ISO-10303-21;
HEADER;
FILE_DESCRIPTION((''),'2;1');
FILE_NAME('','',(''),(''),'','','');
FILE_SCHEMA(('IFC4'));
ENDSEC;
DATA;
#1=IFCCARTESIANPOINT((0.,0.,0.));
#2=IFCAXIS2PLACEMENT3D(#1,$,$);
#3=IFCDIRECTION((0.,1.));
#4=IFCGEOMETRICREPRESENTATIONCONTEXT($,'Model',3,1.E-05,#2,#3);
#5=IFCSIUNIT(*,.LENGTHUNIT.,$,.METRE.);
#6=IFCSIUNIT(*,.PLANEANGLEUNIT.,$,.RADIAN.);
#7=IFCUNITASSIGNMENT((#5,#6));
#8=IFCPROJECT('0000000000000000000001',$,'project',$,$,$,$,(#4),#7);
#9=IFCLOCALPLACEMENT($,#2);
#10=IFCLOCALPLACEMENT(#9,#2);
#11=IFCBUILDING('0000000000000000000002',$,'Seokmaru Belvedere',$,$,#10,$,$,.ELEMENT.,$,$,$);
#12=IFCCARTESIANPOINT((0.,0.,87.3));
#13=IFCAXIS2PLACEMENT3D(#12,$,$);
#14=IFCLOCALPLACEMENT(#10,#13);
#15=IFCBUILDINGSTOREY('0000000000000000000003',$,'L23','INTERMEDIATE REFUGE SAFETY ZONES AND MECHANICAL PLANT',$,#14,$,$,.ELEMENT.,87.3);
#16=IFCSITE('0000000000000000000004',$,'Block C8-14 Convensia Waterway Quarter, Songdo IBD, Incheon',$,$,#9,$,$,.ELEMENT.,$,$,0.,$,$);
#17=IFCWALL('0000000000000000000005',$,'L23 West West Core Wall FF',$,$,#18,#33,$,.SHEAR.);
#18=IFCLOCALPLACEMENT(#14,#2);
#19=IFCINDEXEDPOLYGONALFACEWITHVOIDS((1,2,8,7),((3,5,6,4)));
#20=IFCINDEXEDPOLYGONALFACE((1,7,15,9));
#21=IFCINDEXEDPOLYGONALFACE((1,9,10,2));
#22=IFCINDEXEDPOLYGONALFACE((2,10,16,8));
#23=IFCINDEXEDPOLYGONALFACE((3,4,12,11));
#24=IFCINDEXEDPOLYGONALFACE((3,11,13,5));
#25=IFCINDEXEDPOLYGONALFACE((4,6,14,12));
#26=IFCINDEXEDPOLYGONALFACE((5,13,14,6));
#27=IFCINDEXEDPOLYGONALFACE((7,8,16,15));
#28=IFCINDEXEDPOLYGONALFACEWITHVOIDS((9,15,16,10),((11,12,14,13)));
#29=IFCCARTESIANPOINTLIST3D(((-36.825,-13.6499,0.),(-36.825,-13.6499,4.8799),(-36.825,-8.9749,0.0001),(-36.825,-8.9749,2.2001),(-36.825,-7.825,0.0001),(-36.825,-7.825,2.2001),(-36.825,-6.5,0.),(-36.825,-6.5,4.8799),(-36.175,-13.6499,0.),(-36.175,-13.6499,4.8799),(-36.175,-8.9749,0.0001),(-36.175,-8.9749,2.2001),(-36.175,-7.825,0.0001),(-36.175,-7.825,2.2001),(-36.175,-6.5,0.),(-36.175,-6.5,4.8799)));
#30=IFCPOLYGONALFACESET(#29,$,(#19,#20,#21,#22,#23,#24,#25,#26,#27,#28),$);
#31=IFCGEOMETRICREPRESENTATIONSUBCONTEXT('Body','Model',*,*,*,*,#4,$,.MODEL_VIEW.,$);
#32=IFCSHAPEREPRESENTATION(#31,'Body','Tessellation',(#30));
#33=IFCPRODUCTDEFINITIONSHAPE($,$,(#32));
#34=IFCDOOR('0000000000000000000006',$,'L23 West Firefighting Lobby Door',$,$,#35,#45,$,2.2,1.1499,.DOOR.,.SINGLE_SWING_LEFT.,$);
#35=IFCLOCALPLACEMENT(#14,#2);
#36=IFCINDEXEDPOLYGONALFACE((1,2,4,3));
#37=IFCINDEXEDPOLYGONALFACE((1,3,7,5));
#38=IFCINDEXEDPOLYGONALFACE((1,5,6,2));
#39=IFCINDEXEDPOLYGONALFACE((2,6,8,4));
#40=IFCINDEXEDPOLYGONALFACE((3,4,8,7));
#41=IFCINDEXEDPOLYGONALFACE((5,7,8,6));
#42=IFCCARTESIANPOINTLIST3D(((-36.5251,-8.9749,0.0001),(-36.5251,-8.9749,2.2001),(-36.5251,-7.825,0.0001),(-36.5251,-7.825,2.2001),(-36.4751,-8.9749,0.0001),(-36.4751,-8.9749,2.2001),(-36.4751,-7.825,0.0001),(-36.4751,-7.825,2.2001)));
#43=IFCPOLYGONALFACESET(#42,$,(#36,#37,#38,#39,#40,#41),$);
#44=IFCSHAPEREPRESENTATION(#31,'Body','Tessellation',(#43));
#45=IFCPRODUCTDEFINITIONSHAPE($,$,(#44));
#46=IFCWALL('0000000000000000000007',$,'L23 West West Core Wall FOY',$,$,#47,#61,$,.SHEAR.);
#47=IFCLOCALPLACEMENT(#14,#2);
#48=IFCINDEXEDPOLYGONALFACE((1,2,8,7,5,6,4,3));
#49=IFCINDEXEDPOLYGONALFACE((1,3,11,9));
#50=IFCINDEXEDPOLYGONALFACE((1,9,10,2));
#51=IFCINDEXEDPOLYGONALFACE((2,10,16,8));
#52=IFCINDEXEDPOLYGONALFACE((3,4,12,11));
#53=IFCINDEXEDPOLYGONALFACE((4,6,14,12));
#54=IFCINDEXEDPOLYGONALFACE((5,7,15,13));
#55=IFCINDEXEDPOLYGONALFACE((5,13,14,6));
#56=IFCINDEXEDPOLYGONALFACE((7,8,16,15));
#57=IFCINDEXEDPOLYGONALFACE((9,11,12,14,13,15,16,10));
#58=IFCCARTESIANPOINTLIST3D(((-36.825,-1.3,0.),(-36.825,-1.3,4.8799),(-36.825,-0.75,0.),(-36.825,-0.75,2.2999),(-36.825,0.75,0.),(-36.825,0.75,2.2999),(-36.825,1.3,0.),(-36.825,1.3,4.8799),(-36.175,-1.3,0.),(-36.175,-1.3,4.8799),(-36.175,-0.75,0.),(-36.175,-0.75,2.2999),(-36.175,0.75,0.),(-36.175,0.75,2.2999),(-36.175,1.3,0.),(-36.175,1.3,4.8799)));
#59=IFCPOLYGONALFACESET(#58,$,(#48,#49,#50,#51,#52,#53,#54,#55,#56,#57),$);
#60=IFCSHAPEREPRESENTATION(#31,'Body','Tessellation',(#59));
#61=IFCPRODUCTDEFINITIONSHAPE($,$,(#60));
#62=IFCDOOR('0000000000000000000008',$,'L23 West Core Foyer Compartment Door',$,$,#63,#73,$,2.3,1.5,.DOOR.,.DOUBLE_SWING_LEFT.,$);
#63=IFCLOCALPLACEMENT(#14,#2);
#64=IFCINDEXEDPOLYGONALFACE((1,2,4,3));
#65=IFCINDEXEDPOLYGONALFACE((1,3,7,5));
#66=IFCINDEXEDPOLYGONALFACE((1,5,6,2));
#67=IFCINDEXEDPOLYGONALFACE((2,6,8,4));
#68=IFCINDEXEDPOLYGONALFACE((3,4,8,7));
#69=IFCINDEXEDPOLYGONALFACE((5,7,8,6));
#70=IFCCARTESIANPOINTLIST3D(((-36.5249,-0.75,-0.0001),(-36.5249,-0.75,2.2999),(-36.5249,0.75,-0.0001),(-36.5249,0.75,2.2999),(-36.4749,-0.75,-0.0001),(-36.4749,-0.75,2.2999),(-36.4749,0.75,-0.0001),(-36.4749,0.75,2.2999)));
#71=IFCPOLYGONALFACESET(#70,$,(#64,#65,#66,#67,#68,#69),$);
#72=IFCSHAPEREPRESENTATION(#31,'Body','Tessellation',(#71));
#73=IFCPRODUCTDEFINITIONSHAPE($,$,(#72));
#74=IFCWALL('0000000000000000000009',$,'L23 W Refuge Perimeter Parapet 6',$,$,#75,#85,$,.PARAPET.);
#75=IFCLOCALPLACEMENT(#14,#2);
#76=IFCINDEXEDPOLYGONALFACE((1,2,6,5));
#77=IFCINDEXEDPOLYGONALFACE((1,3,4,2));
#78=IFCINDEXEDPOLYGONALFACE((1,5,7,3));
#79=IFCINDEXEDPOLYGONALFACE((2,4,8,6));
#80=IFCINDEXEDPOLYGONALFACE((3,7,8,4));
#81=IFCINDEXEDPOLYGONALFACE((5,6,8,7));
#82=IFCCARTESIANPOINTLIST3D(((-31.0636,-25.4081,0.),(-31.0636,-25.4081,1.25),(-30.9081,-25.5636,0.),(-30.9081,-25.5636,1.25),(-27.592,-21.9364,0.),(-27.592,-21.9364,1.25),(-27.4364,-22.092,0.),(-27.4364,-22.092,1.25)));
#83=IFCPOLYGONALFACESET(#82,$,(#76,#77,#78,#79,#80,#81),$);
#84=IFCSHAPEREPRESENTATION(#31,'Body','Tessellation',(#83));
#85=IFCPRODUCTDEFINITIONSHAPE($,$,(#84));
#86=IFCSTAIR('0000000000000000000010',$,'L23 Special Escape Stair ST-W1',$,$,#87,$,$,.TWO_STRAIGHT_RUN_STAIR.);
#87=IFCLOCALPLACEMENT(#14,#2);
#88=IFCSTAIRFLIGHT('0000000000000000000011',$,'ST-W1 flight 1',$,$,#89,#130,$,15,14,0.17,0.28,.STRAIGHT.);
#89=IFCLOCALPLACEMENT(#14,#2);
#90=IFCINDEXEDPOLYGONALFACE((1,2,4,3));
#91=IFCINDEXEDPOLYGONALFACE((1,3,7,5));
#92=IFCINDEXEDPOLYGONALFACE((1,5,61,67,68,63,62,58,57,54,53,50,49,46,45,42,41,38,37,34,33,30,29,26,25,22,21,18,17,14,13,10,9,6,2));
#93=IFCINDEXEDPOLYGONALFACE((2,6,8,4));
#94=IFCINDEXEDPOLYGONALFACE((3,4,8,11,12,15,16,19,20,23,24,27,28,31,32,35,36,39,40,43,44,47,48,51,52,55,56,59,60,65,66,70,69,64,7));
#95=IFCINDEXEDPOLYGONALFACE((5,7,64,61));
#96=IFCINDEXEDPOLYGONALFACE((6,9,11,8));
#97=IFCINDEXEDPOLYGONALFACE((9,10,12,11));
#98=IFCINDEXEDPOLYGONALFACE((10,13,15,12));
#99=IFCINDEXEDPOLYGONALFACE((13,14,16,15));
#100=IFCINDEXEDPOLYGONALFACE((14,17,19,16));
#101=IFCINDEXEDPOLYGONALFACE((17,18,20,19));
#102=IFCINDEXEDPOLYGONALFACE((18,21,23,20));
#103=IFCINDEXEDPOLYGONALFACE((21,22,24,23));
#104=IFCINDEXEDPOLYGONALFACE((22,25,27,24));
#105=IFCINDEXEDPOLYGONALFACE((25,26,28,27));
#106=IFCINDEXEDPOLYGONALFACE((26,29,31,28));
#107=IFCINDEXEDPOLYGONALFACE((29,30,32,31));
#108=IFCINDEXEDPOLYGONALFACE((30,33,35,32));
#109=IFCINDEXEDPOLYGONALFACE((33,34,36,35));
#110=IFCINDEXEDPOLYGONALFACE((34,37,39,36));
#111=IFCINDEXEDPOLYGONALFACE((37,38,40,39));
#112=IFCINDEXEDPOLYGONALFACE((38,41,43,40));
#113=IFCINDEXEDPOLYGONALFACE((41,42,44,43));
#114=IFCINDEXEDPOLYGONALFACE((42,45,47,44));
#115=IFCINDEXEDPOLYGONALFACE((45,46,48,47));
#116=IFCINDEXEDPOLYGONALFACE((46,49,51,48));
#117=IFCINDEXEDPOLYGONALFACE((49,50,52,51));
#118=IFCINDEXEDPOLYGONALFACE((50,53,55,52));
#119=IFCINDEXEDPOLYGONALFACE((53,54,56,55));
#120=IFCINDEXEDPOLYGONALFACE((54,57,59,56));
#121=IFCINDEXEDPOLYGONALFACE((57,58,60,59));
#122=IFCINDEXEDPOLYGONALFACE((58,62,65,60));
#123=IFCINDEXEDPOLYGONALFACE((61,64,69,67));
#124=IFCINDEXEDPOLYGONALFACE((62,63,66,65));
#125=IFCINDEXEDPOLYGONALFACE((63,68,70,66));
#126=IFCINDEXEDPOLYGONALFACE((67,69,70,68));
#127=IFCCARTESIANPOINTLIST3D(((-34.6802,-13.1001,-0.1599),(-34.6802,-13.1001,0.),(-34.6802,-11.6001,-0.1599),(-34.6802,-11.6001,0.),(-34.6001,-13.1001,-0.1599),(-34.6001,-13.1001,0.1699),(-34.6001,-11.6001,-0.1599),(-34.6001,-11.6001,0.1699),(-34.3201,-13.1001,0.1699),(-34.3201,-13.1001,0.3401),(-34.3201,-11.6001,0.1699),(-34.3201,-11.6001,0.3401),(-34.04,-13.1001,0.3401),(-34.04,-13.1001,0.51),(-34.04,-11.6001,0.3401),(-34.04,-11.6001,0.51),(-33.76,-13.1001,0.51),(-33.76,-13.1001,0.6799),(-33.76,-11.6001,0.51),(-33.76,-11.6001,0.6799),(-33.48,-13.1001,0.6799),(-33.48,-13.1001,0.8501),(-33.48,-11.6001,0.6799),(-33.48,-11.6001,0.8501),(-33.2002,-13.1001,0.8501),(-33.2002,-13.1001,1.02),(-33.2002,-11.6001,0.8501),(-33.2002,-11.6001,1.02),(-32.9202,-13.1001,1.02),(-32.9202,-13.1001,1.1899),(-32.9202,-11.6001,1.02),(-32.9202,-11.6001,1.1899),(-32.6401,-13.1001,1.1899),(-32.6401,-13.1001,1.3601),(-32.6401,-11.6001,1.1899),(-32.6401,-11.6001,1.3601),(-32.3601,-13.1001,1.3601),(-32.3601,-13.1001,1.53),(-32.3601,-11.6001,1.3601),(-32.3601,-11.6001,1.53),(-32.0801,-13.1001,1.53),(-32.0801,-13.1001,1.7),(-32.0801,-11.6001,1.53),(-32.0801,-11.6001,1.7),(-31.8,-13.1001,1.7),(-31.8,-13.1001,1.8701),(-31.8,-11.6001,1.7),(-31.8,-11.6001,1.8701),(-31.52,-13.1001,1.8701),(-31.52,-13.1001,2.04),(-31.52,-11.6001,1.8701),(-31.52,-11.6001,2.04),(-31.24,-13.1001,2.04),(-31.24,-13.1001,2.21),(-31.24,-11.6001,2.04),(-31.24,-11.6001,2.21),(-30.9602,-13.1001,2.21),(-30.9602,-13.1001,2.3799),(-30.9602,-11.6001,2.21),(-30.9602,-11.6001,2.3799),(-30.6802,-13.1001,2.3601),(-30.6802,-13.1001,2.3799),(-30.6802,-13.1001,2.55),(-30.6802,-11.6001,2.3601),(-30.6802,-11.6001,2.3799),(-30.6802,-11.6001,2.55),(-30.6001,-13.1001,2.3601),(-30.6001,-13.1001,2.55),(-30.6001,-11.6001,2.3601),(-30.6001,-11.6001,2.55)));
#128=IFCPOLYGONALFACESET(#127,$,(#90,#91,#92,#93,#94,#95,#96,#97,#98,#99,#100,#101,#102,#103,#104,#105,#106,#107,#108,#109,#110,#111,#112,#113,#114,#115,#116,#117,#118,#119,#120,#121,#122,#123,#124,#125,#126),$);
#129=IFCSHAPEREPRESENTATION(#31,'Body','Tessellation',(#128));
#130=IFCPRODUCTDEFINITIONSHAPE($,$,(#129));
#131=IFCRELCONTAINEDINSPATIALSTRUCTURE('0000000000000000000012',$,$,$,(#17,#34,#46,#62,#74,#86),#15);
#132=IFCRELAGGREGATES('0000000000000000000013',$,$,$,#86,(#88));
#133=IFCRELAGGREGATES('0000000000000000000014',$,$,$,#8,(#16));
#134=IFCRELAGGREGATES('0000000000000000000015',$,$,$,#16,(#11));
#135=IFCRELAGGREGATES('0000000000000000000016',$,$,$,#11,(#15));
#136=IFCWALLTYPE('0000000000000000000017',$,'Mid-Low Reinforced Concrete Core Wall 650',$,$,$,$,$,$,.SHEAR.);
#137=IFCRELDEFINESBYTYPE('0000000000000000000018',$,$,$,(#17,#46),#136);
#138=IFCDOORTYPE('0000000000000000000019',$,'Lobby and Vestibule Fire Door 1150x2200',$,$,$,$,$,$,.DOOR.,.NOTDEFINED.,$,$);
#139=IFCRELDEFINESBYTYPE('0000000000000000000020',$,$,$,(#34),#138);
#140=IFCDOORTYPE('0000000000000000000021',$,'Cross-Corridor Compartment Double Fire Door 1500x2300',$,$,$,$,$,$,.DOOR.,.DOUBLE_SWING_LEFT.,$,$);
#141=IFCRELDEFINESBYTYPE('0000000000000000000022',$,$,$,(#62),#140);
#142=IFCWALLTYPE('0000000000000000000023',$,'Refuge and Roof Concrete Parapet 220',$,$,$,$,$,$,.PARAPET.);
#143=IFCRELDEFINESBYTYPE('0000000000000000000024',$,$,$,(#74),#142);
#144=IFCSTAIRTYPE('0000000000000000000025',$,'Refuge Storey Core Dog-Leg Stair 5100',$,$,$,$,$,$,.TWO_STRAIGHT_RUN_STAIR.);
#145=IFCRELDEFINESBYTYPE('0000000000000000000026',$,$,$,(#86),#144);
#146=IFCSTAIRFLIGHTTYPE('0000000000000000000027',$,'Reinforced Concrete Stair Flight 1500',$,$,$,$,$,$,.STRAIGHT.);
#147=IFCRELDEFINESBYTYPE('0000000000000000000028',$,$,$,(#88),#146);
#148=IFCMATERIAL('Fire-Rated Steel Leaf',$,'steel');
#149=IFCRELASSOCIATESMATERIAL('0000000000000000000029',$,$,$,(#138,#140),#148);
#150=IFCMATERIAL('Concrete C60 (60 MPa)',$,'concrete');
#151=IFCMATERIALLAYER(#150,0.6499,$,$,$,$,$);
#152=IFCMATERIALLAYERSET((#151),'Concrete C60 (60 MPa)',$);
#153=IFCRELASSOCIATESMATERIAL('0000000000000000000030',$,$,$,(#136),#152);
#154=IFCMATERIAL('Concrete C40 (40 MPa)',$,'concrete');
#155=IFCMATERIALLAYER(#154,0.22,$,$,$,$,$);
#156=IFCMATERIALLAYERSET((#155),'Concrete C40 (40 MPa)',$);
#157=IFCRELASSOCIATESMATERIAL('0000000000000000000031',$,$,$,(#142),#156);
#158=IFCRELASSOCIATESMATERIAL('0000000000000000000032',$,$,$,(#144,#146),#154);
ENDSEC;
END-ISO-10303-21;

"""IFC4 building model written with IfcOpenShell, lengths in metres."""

from ifc_helpers import new_model, si_unit, direction, frame, frame_2d, origin, place, context, subcontext, project, spatial, polyline, rectangle, outline, extrude, source, transform, mapped, material, layer, layer_set, type_object, type_shapes, element, fill, aggregate, save


model = new_model("IFC4")

# Units and contexts
model_context = context("Model", 3, precision=1e-05, world=origin(), true_north=direction((0.0, 1.0)))
body_context = subcontext(model_context, "Body", "Model", "MODEL_VIEW")
ifc_project = project(units=[si_unit("LENGTHUNIT", "METRE"), si_unit("PLANEANGLEUNIT", "RADIAN")], contexts=[model_context])

# Site, building, storey
site_placement = place(None, origin())
site = spatial("IfcSite", under=ifc_project, at=site_placement, Name="Block C8-14 Convensia Waterway Quarter, Songdo IBD, Incheon", CompositionType="ELEMENT", RefElevation=0.0)
building_placement = place(site_placement, origin())
building = spatial("IfcBuilding", under=site, at=building_placement, Name="Seokmaru Belvedere", CompositionType="ELEMENT")
storey_placement = place(building_placement, frame((0.0, 0.0, 87.3)))
storey = spatial("IfcBuildingStorey", under=building, at=storey_placement, Name="L23", Description="INTERMEDIATE REFUGE SAFETY ZONES AND MECHANICAL PLANT", CompositionType="ELEMENT", Elevation=87.3)

# Shared definitions
ifc_material_1 = material(Name="Fire-Rated Steel Leaf", Category="steel")
door_type_1 = type_object("IfcDoorType", Name="Lobby and Vestibule Fire Door 1150x2200", OperationType="NOTDEFINED", PredefinedType="DOOR", material=ifc_material_1)
shared_shape_1 = source(origin(), body_context, "Body", "SweptSolid", [
    extrude(rectangle(XDim=1.1499, YDim=2.2, at=frame_2d((0.575, 1.1001))), frame((0.0, 0.0249, 0.0), z_axis=(0.0, -1.0, 0.0), x_axis=(1.0, 0.0, 0.0)), (0.0, 0.0, 1.0), 0.05),
])
type_shapes(door_type_1, [shared_shape_1])

# Shared definitions
ifc_material_2 = material(Name="Concrete C60 (60 MPa)", Category="concrete")
ifc_layer_1 = layer(ifc_material_2, 0.6499)
ifc_layer_set_1 = layer_set([ifc_layer_1], Name="Concrete C60 (60 MPa)")
wall_type_1 = type_object("IfcWallType", Name="Mid-Low Reinforced Concrete Core Wall 650", PredefinedType="SHEAR", material=ifc_layer_set_1)

# Walls, openings, doors
wall_1_placement = place(storey_placement, frame((-36.5, -13.6499, 0.0), z_axis=(0.0, 0.0, 1.0), x_axis=(0.0, 1.0, 0.0)))
wall_1 = element("IfcWall", 1, at=wall_1_placement, inside=storey, type_object=wall_type_1, Name="L23 West West Core Wall FF", PredefinedType="SHEAR", context=body_context, shape_type="SweptSolid", body=[
    extrude(rectangle(XDim=7.1499, YDim=0.6499, at=frame_2d((3.575, 0.0))), origin(), (0.0, 0.0, 1.0), 4.8799),
])
opening_1_placement = place(wall_1_placement, frame((4.675, 0.0, 0.0)))
opening_1 = element("IfcOpeningElement", 2, at=opening_1_placement, cuts=wall_1, PredefinedType="OPENING", context=body_context, shape_type="SweptSolid", body=[
    extrude(rectangle(XDim=1.1499, YDim=2.2, at=frame_2d((0.575, 1.1001))), frame((0.0, 0.335, 0.0), z_axis=(0.0, -1.0, 0.0), x_axis=(1.0, 0.0, 0.0)), (0.0, 0.0, 1.0), 0.6699),
])
door_1_placement = place(opening_1_placement, frame((1.1499, 0.0, 0.0), z_axis=(0.0, 0.0, 1.0), x_axis=(-1.0, 0.0, 0.0)))
door_1 = element("IfcDoor", 3, at=door_1_placement, inside=storey, type_object=door_type_1, Name="L23 West Firefighting Lobby Door", OperationType="SINGLE_SWING_LEFT", OverallHeight=2.2, OverallWidth=1.1499, PredefinedType="DOOR", context=body_context, shape_type="MappedRepresentation", body=[
    mapped(shared_shape_1, transform((0.0, 0.0, 0.0), scale=1.0)),
])
fill(opening_1, door_1)
wall_2_placement = place(storey_placement, frame((-36.5, -1.3, 0.0), z_axis=(0.0, 0.0, 1.0), x_axis=(0.0, 1.0, 0.0)))
wall_2 = element("IfcWall", 4, at=wall_2_placement, inside=storey, type_object=wall_type_1, Name="L23 West West Core Wall FOY", PredefinedType="SHEAR", context=body_context, shape_type="SweptSolid", body=[
    extrude(rectangle(XDim=2.6001, YDim=0.6499, at=frame_2d((1.3, 0.0))), origin(), (0.0, 0.0, 1.0), 4.8799),
])
opening_2_placement = place(wall_2_placement, frame((0.55, 0.0, 0.0)))
opening_2 = element("IfcOpeningElement", 5, at=opening_2_placement, cuts=wall_2, PredefinedType="OPENING", context=body_context, shape_type="SweptSolid", body=[
    extrude(rectangle(XDim=1.5, YDim=2.3, at=frame_2d((0.75, 1.1499))), frame((0.0, 0.335, 0.0), z_axis=(0.0, -1.0, 0.0), x_axis=(1.0, 0.0, 0.0)), (0.0, 0.0, 1.0), 0.6699),
])
door_type_2 = type_object("IfcDoorType", Name="Cross-Corridor Compartment Double Fire Door 1500x2300", OperationType="DOUBLE_SWING_LEFT", PredefinedType="DOOR", material=ifc_material_1)
shared_shape_2 = source(origin(), body_context, "Body", "SweptSolid", [
    extrude(rectangle(XDim=1.5, YDim=2.3, at=frame_2d((0.75, 1.1499))), frame((0.0, 0.0249, 0.0), z_axis=(0.0, -1.0, 0.0), x_axis=(1.0, 0.0, 0.0)), (0.0, 0.0, 1.0), 0.05),
])
type_shapes(door_type_2, [shared_shape_2])
door_2_placement = place(opening_2_placement, origin())
door_2 = element("IfcDoor", 6, at=door_2_placement, inside=storey, type_object=door_type_2, Name="L23 West Core Foyer Compartment Door", OperationType="DOUBLE_SWING_LEFT", OverallHeight=2.3, OverallWidth=1.5, PredefinedType="DOOR", context=body_context, shape_type="MappedRepresentation", body=[
    mapped(shared_shape_2, transform((0.0, 0.0, 0.0), scale=1.0)),
])
fill(opening_2, door_2)

# Wall
ifc_material_3 = material(Name="Concrete C40 (40 MPa)", Category="concrete")
ifc_layer_2 = layer(ifc_material_3, 0.22)
ifc_layer_set_2 = layer_set([ifc_layer_2], Name="Concrete C40 (40 MPa)")
wall_type_2 = type_object("IfcWallType", Name="Refuge and Roof Concrete Parapet 220", PredefinedType="PARAPET", material=ifc_layer_set_2)
wall_3_placement = place(storey_placement, frame((-30.9858, -25.4858, 0.0), z_axis=(0.0, 0.0, 1.0), x_axis=(0.707107, 0.707107, 0.0)))
element("IfcWall", 7, at=wall_3_placement, inside=storey, type_object=wall_type_2, Name="L23 W Refuge Perimeter Parapet 6", PredefinedType="PARAPET", context=body_context, shape_type="SweptSolid", body=[
    extrude(rectangle(XDim=4.9097, YDim=0.22, at=frame_2d((2.4548, 0.0))), origin(), (0.0, 0.0, 1.0), 1.25),
])

# Stair, stair flight
stair_type = type_object("IfcStairType", Name="Refuge Storey Core Dog-Leg Stair 5100", PredefinedType="TWO_STRAIGHT_RUN_STAIR", material=ifc_material_3)
stair_placement = place(storey_placement, origin())
stair = element("IfcStair", 8, at=stair_placement, inside=storey, type_object=stair_type, Name="L23 Special Escape Stair ST-W1", PredefinedType="TWO_STRAIGHT_RUN_STAIR")
stair_flight_type = type_object("IfcStairFlightType", Name="Reinforced Concrete Stair Flight 1500", PredefinedType="STRAIGHT", material=ifc_material_3)
stair_flight_placement = place(storey_placement, frame((-34.6001, -12.3501, 0.0), z_axis=(0.0, 0.0, 1.0), x_axis=(1.0, 0.0, 0.0)))
stair_flight = element("IfcStairFlight", 9, at=stair_flight_placement, type_object=stair_flight_type, Name="ST-W1 flight 1", NumberOfRisers=15, NumberOfTreads=14, PredefinedType="STRAIGHT", RiserHeight=0.17, TreadLength=0.28, context=body_context, shape_type="SweptSolid", body=[
    extrude(outline(polyline([(-0.0801, 0.0), (0.0, 0.1699), (0.28, 0.1699), (0.28, 0.3401), (0.5601, 0.3401), (0.5601, 0.51), (0.8401, 0.51), (0.8401, 0.6799), (1.1201, 0.6799), (1.1201, 0.8501), (1.3999, 0.8501), (1.3999, 1.02), (1.6799, 1.02), (1.6799, 1.1899), (1.96, 1.1899), (1.96, 1.3601), (2.24, 1.3601), (2.24, 1.53), (2.52, 1.53), (2.52, 1.7), (2.8, 1.7), (2.8, 1.8701), (3.0801, 1.8701), (3.0801, 2.04), (3.3601, 2.04), (3.3601, 2.21), (3.6399, 2.21), (3.6399, 2.3799), (3.9199, 2.3799), (3.9199, 2.55), (4.0, 2.55), (4.0, 2.3601), (3.9199, 2.3601), (0.0, -0.1599), (-0.0801, -0.1599), (-0.0801, 0.0)])), frame((0.0, 0.75, 0.0), z_axis=(0.0, -1.0, 0.0), x_axis=(1.0, 0.0, 0.0)), (0.0, 0.0, 1.0), 1.5),
])
aggregate(stair, [stair_flight])

save(model, "model.ifc")
